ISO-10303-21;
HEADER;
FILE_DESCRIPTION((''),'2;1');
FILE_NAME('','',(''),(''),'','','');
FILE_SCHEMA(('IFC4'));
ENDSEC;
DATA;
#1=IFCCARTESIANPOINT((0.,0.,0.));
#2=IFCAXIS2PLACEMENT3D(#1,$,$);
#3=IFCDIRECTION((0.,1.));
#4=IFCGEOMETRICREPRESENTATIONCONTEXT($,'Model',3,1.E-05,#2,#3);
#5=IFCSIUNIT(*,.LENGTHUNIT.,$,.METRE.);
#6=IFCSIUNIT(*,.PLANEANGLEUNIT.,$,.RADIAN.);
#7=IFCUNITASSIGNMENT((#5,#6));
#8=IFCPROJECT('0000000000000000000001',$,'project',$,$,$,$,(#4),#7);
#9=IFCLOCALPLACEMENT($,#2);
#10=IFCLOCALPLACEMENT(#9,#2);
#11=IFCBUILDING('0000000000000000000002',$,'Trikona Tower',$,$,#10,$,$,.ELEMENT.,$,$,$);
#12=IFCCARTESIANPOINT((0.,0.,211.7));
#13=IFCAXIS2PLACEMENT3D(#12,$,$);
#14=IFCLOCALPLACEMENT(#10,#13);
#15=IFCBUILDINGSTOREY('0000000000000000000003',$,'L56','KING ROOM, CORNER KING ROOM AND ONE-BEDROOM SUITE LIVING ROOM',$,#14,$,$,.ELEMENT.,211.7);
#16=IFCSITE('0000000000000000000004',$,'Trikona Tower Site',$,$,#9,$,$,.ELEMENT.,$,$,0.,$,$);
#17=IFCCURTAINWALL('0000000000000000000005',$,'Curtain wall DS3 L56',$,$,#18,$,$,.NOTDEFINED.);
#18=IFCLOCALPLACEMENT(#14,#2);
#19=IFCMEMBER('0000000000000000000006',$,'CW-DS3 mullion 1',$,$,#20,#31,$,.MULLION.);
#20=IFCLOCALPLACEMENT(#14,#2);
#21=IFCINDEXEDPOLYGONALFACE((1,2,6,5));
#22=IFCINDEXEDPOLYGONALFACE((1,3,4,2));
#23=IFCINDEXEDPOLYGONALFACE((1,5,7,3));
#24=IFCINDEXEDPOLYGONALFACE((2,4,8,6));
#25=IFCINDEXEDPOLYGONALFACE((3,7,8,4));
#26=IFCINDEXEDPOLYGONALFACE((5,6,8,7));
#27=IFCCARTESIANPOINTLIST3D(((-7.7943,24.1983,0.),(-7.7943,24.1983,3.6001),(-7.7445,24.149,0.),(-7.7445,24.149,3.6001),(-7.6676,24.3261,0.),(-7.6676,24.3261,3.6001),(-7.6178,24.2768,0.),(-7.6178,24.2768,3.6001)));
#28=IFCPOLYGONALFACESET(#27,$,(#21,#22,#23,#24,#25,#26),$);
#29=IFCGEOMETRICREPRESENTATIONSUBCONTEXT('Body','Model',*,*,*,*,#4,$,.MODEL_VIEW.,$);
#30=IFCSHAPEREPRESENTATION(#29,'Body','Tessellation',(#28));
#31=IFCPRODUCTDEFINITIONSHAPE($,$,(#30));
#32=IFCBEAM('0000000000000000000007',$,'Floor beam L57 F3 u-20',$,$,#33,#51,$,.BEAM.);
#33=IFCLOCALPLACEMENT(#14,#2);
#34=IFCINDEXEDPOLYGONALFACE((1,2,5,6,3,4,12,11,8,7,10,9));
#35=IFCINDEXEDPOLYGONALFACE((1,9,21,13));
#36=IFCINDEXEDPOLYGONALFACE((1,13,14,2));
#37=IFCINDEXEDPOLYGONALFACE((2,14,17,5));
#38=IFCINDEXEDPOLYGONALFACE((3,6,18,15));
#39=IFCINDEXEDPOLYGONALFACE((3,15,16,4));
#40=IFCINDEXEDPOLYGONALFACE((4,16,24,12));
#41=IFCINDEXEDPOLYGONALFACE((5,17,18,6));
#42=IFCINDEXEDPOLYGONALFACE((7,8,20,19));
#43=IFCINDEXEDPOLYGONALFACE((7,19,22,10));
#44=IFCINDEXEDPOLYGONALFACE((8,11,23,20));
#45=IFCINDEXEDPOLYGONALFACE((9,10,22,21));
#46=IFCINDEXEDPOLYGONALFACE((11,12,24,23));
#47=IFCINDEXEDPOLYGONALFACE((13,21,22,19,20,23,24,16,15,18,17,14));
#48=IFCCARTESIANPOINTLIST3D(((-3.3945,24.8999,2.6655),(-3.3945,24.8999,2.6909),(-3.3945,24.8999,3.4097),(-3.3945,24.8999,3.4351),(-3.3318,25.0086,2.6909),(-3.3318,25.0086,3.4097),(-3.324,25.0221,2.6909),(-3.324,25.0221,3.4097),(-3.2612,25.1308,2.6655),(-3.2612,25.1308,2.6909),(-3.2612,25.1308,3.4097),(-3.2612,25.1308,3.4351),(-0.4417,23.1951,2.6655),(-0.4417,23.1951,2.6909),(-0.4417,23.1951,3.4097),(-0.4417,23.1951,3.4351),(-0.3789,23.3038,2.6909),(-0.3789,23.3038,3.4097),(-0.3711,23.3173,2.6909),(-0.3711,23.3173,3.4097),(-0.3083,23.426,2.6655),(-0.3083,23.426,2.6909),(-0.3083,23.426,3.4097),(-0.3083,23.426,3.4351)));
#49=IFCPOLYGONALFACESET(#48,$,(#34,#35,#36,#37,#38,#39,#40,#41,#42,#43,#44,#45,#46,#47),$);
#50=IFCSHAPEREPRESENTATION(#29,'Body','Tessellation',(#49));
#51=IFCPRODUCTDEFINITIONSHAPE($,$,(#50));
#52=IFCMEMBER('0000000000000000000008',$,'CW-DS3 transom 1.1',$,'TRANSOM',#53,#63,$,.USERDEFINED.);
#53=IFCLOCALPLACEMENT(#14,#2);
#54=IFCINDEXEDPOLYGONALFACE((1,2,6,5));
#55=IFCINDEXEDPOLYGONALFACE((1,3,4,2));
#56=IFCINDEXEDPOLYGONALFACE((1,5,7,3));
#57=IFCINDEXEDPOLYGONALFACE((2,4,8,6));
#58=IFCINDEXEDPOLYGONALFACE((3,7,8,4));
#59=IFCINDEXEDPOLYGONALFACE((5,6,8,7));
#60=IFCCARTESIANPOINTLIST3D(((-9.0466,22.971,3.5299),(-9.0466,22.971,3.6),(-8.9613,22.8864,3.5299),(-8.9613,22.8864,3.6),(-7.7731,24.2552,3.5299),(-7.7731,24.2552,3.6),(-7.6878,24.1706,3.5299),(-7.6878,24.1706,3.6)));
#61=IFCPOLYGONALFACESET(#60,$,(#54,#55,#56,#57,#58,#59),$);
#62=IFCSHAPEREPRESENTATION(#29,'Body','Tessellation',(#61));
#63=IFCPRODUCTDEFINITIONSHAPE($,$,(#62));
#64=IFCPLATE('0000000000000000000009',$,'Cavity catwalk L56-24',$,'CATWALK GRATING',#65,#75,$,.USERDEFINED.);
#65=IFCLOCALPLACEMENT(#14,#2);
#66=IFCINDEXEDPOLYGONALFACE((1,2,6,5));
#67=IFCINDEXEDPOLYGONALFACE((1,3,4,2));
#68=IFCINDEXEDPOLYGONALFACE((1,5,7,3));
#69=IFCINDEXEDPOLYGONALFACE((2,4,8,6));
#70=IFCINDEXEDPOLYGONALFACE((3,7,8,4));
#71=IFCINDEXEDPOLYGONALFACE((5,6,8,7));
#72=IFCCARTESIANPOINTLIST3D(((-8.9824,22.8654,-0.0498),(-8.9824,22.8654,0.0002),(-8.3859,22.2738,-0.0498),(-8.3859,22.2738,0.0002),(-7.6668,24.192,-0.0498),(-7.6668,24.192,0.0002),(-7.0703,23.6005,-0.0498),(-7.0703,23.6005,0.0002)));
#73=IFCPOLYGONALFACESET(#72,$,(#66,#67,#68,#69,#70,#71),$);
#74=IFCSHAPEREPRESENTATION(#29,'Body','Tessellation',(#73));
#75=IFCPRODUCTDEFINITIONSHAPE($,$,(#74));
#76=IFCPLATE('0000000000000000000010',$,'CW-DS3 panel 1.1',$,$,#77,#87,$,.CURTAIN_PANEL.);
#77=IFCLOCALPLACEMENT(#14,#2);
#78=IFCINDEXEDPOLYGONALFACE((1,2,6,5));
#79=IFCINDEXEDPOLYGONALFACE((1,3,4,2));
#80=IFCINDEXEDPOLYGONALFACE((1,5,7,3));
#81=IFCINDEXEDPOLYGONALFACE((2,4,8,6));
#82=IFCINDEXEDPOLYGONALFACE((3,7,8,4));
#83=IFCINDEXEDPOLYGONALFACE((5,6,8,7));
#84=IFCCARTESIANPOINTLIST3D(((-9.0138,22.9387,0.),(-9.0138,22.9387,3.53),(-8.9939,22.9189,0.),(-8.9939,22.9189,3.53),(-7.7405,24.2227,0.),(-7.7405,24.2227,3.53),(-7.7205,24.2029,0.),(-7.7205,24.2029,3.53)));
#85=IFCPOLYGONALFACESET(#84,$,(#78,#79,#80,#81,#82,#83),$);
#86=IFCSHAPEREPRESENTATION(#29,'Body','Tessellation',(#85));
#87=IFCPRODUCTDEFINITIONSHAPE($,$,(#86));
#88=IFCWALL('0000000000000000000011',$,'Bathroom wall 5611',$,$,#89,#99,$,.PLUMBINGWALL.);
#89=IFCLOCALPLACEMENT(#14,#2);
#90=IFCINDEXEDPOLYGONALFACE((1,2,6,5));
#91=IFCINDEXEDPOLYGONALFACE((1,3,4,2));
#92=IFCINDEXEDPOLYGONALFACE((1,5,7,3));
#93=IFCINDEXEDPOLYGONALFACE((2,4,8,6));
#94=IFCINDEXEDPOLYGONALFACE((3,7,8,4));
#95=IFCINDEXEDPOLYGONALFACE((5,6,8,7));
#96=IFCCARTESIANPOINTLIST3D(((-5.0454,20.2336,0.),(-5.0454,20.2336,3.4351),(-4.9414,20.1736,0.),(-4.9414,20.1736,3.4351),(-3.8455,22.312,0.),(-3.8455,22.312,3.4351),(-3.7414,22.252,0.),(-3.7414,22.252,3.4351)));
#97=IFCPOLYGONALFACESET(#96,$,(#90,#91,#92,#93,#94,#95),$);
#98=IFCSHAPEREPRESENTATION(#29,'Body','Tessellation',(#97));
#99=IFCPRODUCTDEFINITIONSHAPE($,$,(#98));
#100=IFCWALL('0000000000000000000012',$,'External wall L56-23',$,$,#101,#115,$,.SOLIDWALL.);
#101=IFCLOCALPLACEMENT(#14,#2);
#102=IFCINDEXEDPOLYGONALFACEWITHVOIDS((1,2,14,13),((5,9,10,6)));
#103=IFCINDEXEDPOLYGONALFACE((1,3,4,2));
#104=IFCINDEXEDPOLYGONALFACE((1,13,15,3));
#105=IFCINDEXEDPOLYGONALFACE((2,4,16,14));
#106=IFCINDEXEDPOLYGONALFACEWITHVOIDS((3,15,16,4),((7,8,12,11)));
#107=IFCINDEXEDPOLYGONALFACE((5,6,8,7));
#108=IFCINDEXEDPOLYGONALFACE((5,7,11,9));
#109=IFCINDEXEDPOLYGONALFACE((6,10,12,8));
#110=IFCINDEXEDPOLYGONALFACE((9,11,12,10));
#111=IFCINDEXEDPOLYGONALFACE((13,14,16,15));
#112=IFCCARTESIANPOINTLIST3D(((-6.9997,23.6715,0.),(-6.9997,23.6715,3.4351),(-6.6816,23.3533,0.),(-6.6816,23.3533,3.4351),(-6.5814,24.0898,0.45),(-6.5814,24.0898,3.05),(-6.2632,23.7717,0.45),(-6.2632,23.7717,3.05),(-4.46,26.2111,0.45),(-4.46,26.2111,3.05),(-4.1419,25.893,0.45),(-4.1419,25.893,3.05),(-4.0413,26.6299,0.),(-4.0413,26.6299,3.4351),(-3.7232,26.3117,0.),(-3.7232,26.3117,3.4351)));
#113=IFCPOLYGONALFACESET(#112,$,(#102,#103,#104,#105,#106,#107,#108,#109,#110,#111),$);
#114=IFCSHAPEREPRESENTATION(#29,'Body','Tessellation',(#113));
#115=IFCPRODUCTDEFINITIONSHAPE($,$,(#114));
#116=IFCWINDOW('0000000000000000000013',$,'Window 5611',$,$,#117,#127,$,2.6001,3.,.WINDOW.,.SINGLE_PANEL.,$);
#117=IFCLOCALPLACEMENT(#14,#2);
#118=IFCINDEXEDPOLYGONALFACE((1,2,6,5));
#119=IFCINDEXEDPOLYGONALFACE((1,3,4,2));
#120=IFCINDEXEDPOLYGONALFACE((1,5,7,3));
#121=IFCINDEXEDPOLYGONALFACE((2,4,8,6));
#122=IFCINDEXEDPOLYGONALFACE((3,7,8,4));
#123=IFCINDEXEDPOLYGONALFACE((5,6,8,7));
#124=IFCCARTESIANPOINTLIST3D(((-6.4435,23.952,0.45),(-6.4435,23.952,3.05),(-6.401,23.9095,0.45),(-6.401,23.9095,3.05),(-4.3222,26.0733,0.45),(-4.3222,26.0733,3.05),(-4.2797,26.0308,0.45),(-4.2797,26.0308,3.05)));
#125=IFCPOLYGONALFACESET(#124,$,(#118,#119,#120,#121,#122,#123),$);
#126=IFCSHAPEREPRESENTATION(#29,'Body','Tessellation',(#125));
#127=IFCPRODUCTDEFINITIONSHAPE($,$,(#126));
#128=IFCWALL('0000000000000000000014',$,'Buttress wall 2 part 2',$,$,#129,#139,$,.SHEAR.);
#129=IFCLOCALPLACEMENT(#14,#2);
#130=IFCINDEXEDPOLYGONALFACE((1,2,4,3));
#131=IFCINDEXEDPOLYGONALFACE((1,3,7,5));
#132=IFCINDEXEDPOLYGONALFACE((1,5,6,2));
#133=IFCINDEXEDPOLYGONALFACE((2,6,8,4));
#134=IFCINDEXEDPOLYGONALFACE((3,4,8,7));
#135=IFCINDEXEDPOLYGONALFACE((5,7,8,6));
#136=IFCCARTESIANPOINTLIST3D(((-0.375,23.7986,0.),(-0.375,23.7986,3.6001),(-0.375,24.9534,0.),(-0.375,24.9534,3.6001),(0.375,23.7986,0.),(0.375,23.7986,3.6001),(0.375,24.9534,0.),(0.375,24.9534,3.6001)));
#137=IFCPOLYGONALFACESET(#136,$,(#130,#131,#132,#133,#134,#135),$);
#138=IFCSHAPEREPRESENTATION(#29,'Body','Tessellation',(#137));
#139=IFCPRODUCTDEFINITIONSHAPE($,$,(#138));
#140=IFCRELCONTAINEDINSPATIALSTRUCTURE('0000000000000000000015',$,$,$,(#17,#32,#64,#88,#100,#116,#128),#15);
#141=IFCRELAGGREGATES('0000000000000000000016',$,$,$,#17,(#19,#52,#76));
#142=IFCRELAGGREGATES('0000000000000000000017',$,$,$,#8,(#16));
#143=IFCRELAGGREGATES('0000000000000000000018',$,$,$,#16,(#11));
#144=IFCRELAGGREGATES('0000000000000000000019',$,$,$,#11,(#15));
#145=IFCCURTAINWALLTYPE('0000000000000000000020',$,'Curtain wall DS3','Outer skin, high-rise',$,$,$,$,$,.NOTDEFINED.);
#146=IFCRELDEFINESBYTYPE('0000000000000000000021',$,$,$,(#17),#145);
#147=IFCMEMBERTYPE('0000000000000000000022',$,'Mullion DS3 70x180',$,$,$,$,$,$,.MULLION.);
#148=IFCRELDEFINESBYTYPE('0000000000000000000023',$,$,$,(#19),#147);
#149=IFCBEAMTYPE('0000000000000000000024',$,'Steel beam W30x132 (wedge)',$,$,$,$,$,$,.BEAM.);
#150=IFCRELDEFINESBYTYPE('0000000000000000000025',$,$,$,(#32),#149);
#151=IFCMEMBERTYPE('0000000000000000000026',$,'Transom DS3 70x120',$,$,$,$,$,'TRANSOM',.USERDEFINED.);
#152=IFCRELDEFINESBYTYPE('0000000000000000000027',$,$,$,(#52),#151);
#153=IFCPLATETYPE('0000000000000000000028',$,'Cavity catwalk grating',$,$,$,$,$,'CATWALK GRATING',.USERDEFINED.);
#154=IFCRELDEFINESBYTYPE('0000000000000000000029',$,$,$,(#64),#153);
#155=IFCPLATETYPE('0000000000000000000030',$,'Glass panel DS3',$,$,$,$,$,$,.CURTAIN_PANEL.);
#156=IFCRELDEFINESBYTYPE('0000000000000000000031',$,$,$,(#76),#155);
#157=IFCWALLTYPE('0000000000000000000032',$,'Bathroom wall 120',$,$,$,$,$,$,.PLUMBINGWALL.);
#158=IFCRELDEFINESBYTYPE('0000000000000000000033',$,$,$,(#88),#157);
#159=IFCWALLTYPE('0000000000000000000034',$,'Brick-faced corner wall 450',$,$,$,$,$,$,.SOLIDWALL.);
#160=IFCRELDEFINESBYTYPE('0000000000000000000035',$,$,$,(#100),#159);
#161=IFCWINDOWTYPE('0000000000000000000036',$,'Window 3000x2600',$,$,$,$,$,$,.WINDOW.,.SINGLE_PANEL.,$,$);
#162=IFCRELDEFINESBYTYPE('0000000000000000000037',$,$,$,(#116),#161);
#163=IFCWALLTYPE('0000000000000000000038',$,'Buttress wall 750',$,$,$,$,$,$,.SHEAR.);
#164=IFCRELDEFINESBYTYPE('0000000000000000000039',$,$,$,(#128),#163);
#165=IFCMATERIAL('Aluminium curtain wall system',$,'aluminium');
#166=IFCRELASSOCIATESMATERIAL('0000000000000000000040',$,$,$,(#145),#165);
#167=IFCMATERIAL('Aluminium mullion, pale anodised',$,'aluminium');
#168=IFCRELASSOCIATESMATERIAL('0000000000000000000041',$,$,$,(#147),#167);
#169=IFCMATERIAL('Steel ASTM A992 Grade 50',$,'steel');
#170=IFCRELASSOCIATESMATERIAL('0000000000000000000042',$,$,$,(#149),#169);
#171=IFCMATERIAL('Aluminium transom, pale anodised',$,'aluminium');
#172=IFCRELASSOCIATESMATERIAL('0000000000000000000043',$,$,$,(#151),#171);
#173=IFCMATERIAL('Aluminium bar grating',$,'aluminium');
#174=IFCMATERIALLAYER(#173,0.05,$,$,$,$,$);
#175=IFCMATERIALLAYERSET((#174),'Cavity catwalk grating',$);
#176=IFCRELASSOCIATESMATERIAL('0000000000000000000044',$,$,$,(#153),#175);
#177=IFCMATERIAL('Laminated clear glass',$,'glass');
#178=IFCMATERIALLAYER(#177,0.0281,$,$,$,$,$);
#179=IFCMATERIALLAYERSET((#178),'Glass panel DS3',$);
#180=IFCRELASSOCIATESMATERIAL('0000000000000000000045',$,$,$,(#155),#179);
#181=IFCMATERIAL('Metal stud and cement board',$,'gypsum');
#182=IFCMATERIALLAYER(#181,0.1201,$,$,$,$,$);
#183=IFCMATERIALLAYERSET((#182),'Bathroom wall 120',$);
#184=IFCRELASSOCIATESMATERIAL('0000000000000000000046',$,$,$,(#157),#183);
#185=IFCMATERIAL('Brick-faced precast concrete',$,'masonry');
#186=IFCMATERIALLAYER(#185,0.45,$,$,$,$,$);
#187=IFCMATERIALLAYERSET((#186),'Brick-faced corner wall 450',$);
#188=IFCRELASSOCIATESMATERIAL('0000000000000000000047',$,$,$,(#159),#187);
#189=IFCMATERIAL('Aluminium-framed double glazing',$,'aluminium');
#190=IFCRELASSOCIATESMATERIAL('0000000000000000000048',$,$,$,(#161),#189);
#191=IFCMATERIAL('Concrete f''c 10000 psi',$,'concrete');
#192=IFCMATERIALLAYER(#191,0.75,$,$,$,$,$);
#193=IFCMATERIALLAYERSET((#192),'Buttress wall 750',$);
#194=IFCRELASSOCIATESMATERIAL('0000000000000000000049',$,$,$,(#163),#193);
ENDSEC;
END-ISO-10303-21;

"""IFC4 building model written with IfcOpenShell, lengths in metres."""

from ifc_helpers import new_model, si_unit, direction, frame, frame_2d, origin, origin_2d, place, context, subcontext, project, spatial, rectangle, i_section, extrude, material, layer, layer_set, material_profile, profile_set, type_object, element, fill, aggregate, save


model = new_model("IFC4")

# Units and contexts
model_context = context("Model", 3, precision=1e-05, world=origin(), true_north=direction((0.0, 1.0)))
body_context = subcontext(model_context, "Body", "Model", "MODEL_VIEW")
ifc_project = project(units=[si_unit("LENGTHUNIT", "METRE"), si_unit("PLANEANGLEUNIT", "RADIAN")], contexts=[model_context])

# Site, building, storey
site_placement = place(None, origin())
site = spatial("IfcSite", under=ifc_project, at=site_placement, Name="Trikona Tower Site", CompositionType="ELEMENT", RefElevation=0.0)
building_placement = place(site_placement, origin())
building = spatial("IfcBuilding", under=site, at=building_placement, Name="Trikona Tower", CompositionType="ELEMENT")
storey_placement = place(building_placement, frame((0.0, 0.0, 211.7)))
storey = spatial("IfcBuildingStorey", under=building, at=storey_placement, Name="L56", Description="KING ROOM, CORNER KING ROOM AND ONE-BEDROOM SUITE LIVING ROOM", CompositionType="ELEMENT", Elevation=211.7)

# Curtain wall, member
ifc_material_1 = material(Name="Aluminium curtain wall system", Category="aluminium")
curtain_wall_type = type_object("IfcCurtainWallType", Name="Curtain wall DS3", Description="Outer skin, high-rise", PredefinedType="NOTDEFINED", material=ifc_material_1)
curtain_wall_placement = place(storey_placement, origin())
curtain_wall = element("IfcCurtainWall", 1, at=curtain_wall_placement, inside=storey, type_object=curtain_wall_type, Name="Curtain wall DS3 L56", PredefinedType="NOTDEFINED")
ifc_material_2 = material(Name="Aluminium mullion, pale anodised", Category="aluminium")
ifc_material_profile_1 = material_profile(ifc_material_2, rectangle(XDim=0.0701, YDim=0.1799, at=origin_2d()), Name="MUL-DS3")
ifc_profile_set_1 = profile_set([ifc_material_profile_1], Name="Aluminium mullion, pale anodised")
member_type_1 = type_object("IfcMemberType", Name="Mullion DS3 70x180", PredefinedType="MULLION", material=ifc_profile_set_1)
member_1_placement = place(storey_placement, frame((-7.7061, 24.2375, 0.0), z_axis=(0.0, 0.0, 1.0), x_axis=(0.710052, -0.704149, 0.0)))
member_1 = element("IfcMember", 2, at=member_1_placement, type_object=member_type_1, Name="CW-DS3 mullion 1", PredefinedType="MULLION", context=body_context, shape_type="SweptSolid", body=[
    extrude(rectangle(XDim=0.0701, YDim=0.1799, at=origin_2d()), origin(), (0.0, 0.0, 1.0), 3.6001),
])

# Beam
ifc_material_3 = material(Name="Steel ASTM A992 Grade 50", Category="steel")
ifc_material_profile_2 = material_profile(ifc_material_3, i_section(OverallWidth=0.2666, OverallDepth=0.7695, WebThickness=0.0156, FlangeThickness=0.0254, at=origin_2d()), Name="W30X132")
ifc_profile_set_2 = profile_set([ifc_material_profile_2], Name="Steel ASTM A992 Grade 50")
beam_type = type_object("IfcBeamType", Name="Steel beam W30x132 (wedge)", PredefinedType="BEAM", material=ifc_profile_set_2)
beam_placement = place(storey_placement, frame((-0.375, 23.3105, 3.0503), z_axis=(-0.866027, 0.499997, 0.0), x_axis=(-0.499997, -0.866027, 0.0)))
element("IfcBeam", 3, at=beam_placement, inside=storey, type_object=beam_type, Name="Floor beam L57 F3 u-20", PredefinedType="BEAM", context=body_context, shape_type="SweptSolid", body=[
    extrude(i_section(OverallWidth=0.2666, OverallDepth=0.7695, WebThickness=0.0156, FlangeThickness=0.0254, at=origin_2d()), origin(), (0.0, 0.0, 1.0), 3.4097),
])

# Member
ifc_material_4 = material(Name="Aluminium transom, pale anodised", Category="aluminium")
ifc_material_profile_3 = material_profile(ifc_material_4, rectangle(XDim=0.1201, YDim=0.0701, at=origin_2d()), Name="TRN-DS3")
ifc_profile_set_3 = profile_set([ifc_material_profile_3], Name="Aluminium transom, pale anodised")
member_type_2 = type_object("IfcMemberType", Name="Transom DS3 70x120", ElementType="TRANSOM", PredefinedType="USERDEFINED", material=ifc_profile_set_3)
member_2_placement = place(storey_placement, frame((-7.7305, 24.2129, 3.5649), z_axis=(-0.704131, -0.71007, 0.0), x_axis=(0.71007, -0.704131, 0.0)))
member_2 = element("IfcMember", 4, at=member_2_placement, type_object=member_type_2, Name="CW-DS3 transom 1.1", ObjectType="TRANSOM", PredefinedType="USERDEFINED", context=body_context, shape_type="SweptSolid", body=[
    extrude(rectangle(XDim=0.1201, YDim=0.0701, at=origin_2d()), origin(), (0.0, 0.0, 1.0), 1.8086),
])

# Plates
ifc_material_5 = material(Name="Aluminium bar grating", Category="aluminium")
ifc_layer_1 = layer(ifc_material_5, 0.05)
ifc_layer_set_1 = layer_set([ifc_layer_1], Name="Cavity catwalk grating")
plate_type_1 = type_object("IfcPlateType", Name="Cavity catwalk grating", ElementType="CATWALK GRATING", PredefinedType="USERDEFINED", material=ifc_layer_set_1)
plate_1_placement = place(storey_placement, frame((-8.0264, 23.2329, -0.0498), z_axis=(0.0, 0.0, 1.0), x_axis=(-0.704151, -0.71005, 0.0)))
element("IfcPlate", 5, at=plate_1_placement, inside=storey, type_object=plate_type_1, Name="Cavity catwalk L56-24", ObjectType="CATWALK GRATING", PredefinedType="USERDEFINED", context=body_context, shape_type="SweptSolid", body=[
    extrude(rectangle(XDim=1.8684, YDim=0.8401, at=origin_2d()), origin(), (0.0, 0.0, 1.0), 0.05),
])
ifc_material_6 = material(Name="Laminated clear glass", Category="glass")
ifc_layer_2 = layer(ifc_material_6, 0.0281)
ifc_layer_set_2 = layer_set([ifc_layer_2], Name="Glass panel DS3")
plate_type_2 = type_object("IfcPlateType", Name="Glass panel DS3", PredefinedType="CURTAIN_PANEL", material=ifc_layer_set_2)
plate_2_placement = place(storey_placement, frame((-8.3672, 23.5708, 0.0), z_axis=(0.0, 0.0, 1.0), x_axis=(-0.704149, -0.710052, 0.0)))
plate_2 = element("IfcPlate", 6, at=plate_2_placement, type_object=plate_type_2, Name="CW-DS3 panel 1.1", PredefinedType="CURTAIN_PANEL", context=body_context, shape_type="SweptSolid", body=[
    extrude(rectangle(XDim=1.8083, YDim=0.0281, at=origin_2d()), origin(), (0.0, 0.0, 1.0), 3.53),
])
aggregate(curtain_wall, [member_1, member_2, plate_2])

# Wall
ifc_material_7 = material(Name="Metal stud and cement board", Category="gypsum")
ifc_layer_3 = layer(ifc_material_7, 0.1201)
ifc_layer_set_3 = layer_set([ifc_layer_3], Name="Bathroom wall 120")
wall_type_1 = type_object("IfcWallType", Name="Bathroom wall 120", PredefinedType="PLUMBINGWALL", material=ifc_layer_set_3)
wall_1_placement = place(storey_placement, frame((-3.7935, 22.282, 0.0), z_axis=(0.0, 0.0, 1.0), x_axis=(-0.500001, -0.866025, 0.0)))
element("IfcWall", 7, at=wall_1_placement, inside=storey, type_object=wall_type_1, Name="Bathroom wall 5611", PredefinedType="PLUMBINGWALL", context=body_context, shape_type="SweptSolid", body=[
    extrude(rectangle(XDim=2.3999, YDim=0.1201, at=frame_2d((1.2, 0.0))), origin(), (0.0, 0.0, 1.0), 3.4351),
])

# Wall, opening, window
ifc_material_8 = material(Name="Brick-faced precast concrete", Category="masonry")
ifc_layer_4 = layer(ifc_material_8, 0.45)
ifc_layer_set_4 = layer_set([ifc_layer_4], Name="Brick-faced corner wall 450")
wall_type_2 = type_object("IfcWallType", Name="Brick-faced corner wall 450", PredefinedType="SOLIDWALL", material=ifc_layer_set_4)
wall_2_placement = place(storey_placement, frame((-3.8823, 26.4707, 0.0), z_axis=(0.0, 0.0, 1.0), x_axis=(-0.707107, -0.707107, 0.0)))
wall_2 = element("IfcWall", 8, at=wall_2_placement, inside=storey, type_object=wall_type_2, Name="External wall L56-23", PredefinedType="SOLIDWALL", context=body_context, shape_type="SweptSolid", body=[
    extrude(rectangle(XDim=4.1838, YDim=0.45, at=frame_2d((2.0918, 0.0))), origin(), (0.0, 0.0, 1.0), 3.4351),
])
opening_1_placement = place(wall_2_placement, frame((0.592, 0.0, 0.45)))
opening_1 = element("IfcOpeningElement", 9, at=opening_1_placement, cuts=wall_2, PredefinedType="OPENING", context=body_context, shape_type="SweptSolid", body=[
    extrude(rectangle(XDim=3.0, YDim=2.6001, at=frame_2d((1.5, 1.3))), frame((0.0, 0.2349, 0.0), z_axis=(0.0, -1.0, 0.0), x_axis=(1.0, 0.0, 0.0)), (0.0, 0.0, 1.0), 0.47),
])
ifc_material_9 = material(Name="Aluminium-framed double glazing", Category="aluminium")
window_type_1 = type_object("IfcWindowType", Name="Window 3000x2600", PartitioningType="SINGLE_PANEL", PredefinedType="WINDOW", material=ifc_material_9)
window_1_placement = place(opening_1_placement, origin())
window_1 = element("IfcWindow", 10, at=window_1_placement, inside=storey, type_object=window_type_1, Name="Window 5611", OverallHeight=2.6001, OverallWidth=3.0, PartitioningType="SINGLE_PANEL", PredefinedType="WINDOW", context=body_context, shape_type="SweptSolid", body=[
    extrude(rectangle(XDim=3.0, YDim=2.6001, at=frame_2d((1.5, 1.3))), frame((0.0, 0.03, 0.0), z_axis=(0.0, -1.0, 0.0), x_axis=(1.0, 0.0, 0.0)), (0.0, 0.0, 1.0), 0.0601),
])
fill(opening_1, window_1)

# Wall
ifc_material_10 = material(Name="Concrete f'c 10000 psi", Category="concrete")
ifc_layer_5 = layer(ifc_material_10, 0.75)
ifc_layer_set_5 = layer_set([ifc_layer_5], Name="Buttress wall 750")
wall_type_3 = type_object("IfcWallType", Name="Buttress wall 750", PredefinedType="SHEAR", material=ifc_layer_set_5)
wall_3_placement = place(storey_placement, frame((0.0, 23.7986, 0.0), z_axis=(0.0, 0.0, 1.0), x_axis=(0.0, 1.0, 0.0)))
element("IfcWall", 11, at=wall_3_placement, inside=storey, type_object=wall_type_3, Name="Buttress wall 2 part 2", PredefinedType="SHEAR", context=body_context, shape_type="SweptSolid", body=[
    extrude(rectangle(XDim=1.1548, YDim=0.75, at=frame_2d((0.5774, 0.0))), origin(), (0.0, 0.0, 1.0), 3.6001),
])

save(model, "model.ifc")
